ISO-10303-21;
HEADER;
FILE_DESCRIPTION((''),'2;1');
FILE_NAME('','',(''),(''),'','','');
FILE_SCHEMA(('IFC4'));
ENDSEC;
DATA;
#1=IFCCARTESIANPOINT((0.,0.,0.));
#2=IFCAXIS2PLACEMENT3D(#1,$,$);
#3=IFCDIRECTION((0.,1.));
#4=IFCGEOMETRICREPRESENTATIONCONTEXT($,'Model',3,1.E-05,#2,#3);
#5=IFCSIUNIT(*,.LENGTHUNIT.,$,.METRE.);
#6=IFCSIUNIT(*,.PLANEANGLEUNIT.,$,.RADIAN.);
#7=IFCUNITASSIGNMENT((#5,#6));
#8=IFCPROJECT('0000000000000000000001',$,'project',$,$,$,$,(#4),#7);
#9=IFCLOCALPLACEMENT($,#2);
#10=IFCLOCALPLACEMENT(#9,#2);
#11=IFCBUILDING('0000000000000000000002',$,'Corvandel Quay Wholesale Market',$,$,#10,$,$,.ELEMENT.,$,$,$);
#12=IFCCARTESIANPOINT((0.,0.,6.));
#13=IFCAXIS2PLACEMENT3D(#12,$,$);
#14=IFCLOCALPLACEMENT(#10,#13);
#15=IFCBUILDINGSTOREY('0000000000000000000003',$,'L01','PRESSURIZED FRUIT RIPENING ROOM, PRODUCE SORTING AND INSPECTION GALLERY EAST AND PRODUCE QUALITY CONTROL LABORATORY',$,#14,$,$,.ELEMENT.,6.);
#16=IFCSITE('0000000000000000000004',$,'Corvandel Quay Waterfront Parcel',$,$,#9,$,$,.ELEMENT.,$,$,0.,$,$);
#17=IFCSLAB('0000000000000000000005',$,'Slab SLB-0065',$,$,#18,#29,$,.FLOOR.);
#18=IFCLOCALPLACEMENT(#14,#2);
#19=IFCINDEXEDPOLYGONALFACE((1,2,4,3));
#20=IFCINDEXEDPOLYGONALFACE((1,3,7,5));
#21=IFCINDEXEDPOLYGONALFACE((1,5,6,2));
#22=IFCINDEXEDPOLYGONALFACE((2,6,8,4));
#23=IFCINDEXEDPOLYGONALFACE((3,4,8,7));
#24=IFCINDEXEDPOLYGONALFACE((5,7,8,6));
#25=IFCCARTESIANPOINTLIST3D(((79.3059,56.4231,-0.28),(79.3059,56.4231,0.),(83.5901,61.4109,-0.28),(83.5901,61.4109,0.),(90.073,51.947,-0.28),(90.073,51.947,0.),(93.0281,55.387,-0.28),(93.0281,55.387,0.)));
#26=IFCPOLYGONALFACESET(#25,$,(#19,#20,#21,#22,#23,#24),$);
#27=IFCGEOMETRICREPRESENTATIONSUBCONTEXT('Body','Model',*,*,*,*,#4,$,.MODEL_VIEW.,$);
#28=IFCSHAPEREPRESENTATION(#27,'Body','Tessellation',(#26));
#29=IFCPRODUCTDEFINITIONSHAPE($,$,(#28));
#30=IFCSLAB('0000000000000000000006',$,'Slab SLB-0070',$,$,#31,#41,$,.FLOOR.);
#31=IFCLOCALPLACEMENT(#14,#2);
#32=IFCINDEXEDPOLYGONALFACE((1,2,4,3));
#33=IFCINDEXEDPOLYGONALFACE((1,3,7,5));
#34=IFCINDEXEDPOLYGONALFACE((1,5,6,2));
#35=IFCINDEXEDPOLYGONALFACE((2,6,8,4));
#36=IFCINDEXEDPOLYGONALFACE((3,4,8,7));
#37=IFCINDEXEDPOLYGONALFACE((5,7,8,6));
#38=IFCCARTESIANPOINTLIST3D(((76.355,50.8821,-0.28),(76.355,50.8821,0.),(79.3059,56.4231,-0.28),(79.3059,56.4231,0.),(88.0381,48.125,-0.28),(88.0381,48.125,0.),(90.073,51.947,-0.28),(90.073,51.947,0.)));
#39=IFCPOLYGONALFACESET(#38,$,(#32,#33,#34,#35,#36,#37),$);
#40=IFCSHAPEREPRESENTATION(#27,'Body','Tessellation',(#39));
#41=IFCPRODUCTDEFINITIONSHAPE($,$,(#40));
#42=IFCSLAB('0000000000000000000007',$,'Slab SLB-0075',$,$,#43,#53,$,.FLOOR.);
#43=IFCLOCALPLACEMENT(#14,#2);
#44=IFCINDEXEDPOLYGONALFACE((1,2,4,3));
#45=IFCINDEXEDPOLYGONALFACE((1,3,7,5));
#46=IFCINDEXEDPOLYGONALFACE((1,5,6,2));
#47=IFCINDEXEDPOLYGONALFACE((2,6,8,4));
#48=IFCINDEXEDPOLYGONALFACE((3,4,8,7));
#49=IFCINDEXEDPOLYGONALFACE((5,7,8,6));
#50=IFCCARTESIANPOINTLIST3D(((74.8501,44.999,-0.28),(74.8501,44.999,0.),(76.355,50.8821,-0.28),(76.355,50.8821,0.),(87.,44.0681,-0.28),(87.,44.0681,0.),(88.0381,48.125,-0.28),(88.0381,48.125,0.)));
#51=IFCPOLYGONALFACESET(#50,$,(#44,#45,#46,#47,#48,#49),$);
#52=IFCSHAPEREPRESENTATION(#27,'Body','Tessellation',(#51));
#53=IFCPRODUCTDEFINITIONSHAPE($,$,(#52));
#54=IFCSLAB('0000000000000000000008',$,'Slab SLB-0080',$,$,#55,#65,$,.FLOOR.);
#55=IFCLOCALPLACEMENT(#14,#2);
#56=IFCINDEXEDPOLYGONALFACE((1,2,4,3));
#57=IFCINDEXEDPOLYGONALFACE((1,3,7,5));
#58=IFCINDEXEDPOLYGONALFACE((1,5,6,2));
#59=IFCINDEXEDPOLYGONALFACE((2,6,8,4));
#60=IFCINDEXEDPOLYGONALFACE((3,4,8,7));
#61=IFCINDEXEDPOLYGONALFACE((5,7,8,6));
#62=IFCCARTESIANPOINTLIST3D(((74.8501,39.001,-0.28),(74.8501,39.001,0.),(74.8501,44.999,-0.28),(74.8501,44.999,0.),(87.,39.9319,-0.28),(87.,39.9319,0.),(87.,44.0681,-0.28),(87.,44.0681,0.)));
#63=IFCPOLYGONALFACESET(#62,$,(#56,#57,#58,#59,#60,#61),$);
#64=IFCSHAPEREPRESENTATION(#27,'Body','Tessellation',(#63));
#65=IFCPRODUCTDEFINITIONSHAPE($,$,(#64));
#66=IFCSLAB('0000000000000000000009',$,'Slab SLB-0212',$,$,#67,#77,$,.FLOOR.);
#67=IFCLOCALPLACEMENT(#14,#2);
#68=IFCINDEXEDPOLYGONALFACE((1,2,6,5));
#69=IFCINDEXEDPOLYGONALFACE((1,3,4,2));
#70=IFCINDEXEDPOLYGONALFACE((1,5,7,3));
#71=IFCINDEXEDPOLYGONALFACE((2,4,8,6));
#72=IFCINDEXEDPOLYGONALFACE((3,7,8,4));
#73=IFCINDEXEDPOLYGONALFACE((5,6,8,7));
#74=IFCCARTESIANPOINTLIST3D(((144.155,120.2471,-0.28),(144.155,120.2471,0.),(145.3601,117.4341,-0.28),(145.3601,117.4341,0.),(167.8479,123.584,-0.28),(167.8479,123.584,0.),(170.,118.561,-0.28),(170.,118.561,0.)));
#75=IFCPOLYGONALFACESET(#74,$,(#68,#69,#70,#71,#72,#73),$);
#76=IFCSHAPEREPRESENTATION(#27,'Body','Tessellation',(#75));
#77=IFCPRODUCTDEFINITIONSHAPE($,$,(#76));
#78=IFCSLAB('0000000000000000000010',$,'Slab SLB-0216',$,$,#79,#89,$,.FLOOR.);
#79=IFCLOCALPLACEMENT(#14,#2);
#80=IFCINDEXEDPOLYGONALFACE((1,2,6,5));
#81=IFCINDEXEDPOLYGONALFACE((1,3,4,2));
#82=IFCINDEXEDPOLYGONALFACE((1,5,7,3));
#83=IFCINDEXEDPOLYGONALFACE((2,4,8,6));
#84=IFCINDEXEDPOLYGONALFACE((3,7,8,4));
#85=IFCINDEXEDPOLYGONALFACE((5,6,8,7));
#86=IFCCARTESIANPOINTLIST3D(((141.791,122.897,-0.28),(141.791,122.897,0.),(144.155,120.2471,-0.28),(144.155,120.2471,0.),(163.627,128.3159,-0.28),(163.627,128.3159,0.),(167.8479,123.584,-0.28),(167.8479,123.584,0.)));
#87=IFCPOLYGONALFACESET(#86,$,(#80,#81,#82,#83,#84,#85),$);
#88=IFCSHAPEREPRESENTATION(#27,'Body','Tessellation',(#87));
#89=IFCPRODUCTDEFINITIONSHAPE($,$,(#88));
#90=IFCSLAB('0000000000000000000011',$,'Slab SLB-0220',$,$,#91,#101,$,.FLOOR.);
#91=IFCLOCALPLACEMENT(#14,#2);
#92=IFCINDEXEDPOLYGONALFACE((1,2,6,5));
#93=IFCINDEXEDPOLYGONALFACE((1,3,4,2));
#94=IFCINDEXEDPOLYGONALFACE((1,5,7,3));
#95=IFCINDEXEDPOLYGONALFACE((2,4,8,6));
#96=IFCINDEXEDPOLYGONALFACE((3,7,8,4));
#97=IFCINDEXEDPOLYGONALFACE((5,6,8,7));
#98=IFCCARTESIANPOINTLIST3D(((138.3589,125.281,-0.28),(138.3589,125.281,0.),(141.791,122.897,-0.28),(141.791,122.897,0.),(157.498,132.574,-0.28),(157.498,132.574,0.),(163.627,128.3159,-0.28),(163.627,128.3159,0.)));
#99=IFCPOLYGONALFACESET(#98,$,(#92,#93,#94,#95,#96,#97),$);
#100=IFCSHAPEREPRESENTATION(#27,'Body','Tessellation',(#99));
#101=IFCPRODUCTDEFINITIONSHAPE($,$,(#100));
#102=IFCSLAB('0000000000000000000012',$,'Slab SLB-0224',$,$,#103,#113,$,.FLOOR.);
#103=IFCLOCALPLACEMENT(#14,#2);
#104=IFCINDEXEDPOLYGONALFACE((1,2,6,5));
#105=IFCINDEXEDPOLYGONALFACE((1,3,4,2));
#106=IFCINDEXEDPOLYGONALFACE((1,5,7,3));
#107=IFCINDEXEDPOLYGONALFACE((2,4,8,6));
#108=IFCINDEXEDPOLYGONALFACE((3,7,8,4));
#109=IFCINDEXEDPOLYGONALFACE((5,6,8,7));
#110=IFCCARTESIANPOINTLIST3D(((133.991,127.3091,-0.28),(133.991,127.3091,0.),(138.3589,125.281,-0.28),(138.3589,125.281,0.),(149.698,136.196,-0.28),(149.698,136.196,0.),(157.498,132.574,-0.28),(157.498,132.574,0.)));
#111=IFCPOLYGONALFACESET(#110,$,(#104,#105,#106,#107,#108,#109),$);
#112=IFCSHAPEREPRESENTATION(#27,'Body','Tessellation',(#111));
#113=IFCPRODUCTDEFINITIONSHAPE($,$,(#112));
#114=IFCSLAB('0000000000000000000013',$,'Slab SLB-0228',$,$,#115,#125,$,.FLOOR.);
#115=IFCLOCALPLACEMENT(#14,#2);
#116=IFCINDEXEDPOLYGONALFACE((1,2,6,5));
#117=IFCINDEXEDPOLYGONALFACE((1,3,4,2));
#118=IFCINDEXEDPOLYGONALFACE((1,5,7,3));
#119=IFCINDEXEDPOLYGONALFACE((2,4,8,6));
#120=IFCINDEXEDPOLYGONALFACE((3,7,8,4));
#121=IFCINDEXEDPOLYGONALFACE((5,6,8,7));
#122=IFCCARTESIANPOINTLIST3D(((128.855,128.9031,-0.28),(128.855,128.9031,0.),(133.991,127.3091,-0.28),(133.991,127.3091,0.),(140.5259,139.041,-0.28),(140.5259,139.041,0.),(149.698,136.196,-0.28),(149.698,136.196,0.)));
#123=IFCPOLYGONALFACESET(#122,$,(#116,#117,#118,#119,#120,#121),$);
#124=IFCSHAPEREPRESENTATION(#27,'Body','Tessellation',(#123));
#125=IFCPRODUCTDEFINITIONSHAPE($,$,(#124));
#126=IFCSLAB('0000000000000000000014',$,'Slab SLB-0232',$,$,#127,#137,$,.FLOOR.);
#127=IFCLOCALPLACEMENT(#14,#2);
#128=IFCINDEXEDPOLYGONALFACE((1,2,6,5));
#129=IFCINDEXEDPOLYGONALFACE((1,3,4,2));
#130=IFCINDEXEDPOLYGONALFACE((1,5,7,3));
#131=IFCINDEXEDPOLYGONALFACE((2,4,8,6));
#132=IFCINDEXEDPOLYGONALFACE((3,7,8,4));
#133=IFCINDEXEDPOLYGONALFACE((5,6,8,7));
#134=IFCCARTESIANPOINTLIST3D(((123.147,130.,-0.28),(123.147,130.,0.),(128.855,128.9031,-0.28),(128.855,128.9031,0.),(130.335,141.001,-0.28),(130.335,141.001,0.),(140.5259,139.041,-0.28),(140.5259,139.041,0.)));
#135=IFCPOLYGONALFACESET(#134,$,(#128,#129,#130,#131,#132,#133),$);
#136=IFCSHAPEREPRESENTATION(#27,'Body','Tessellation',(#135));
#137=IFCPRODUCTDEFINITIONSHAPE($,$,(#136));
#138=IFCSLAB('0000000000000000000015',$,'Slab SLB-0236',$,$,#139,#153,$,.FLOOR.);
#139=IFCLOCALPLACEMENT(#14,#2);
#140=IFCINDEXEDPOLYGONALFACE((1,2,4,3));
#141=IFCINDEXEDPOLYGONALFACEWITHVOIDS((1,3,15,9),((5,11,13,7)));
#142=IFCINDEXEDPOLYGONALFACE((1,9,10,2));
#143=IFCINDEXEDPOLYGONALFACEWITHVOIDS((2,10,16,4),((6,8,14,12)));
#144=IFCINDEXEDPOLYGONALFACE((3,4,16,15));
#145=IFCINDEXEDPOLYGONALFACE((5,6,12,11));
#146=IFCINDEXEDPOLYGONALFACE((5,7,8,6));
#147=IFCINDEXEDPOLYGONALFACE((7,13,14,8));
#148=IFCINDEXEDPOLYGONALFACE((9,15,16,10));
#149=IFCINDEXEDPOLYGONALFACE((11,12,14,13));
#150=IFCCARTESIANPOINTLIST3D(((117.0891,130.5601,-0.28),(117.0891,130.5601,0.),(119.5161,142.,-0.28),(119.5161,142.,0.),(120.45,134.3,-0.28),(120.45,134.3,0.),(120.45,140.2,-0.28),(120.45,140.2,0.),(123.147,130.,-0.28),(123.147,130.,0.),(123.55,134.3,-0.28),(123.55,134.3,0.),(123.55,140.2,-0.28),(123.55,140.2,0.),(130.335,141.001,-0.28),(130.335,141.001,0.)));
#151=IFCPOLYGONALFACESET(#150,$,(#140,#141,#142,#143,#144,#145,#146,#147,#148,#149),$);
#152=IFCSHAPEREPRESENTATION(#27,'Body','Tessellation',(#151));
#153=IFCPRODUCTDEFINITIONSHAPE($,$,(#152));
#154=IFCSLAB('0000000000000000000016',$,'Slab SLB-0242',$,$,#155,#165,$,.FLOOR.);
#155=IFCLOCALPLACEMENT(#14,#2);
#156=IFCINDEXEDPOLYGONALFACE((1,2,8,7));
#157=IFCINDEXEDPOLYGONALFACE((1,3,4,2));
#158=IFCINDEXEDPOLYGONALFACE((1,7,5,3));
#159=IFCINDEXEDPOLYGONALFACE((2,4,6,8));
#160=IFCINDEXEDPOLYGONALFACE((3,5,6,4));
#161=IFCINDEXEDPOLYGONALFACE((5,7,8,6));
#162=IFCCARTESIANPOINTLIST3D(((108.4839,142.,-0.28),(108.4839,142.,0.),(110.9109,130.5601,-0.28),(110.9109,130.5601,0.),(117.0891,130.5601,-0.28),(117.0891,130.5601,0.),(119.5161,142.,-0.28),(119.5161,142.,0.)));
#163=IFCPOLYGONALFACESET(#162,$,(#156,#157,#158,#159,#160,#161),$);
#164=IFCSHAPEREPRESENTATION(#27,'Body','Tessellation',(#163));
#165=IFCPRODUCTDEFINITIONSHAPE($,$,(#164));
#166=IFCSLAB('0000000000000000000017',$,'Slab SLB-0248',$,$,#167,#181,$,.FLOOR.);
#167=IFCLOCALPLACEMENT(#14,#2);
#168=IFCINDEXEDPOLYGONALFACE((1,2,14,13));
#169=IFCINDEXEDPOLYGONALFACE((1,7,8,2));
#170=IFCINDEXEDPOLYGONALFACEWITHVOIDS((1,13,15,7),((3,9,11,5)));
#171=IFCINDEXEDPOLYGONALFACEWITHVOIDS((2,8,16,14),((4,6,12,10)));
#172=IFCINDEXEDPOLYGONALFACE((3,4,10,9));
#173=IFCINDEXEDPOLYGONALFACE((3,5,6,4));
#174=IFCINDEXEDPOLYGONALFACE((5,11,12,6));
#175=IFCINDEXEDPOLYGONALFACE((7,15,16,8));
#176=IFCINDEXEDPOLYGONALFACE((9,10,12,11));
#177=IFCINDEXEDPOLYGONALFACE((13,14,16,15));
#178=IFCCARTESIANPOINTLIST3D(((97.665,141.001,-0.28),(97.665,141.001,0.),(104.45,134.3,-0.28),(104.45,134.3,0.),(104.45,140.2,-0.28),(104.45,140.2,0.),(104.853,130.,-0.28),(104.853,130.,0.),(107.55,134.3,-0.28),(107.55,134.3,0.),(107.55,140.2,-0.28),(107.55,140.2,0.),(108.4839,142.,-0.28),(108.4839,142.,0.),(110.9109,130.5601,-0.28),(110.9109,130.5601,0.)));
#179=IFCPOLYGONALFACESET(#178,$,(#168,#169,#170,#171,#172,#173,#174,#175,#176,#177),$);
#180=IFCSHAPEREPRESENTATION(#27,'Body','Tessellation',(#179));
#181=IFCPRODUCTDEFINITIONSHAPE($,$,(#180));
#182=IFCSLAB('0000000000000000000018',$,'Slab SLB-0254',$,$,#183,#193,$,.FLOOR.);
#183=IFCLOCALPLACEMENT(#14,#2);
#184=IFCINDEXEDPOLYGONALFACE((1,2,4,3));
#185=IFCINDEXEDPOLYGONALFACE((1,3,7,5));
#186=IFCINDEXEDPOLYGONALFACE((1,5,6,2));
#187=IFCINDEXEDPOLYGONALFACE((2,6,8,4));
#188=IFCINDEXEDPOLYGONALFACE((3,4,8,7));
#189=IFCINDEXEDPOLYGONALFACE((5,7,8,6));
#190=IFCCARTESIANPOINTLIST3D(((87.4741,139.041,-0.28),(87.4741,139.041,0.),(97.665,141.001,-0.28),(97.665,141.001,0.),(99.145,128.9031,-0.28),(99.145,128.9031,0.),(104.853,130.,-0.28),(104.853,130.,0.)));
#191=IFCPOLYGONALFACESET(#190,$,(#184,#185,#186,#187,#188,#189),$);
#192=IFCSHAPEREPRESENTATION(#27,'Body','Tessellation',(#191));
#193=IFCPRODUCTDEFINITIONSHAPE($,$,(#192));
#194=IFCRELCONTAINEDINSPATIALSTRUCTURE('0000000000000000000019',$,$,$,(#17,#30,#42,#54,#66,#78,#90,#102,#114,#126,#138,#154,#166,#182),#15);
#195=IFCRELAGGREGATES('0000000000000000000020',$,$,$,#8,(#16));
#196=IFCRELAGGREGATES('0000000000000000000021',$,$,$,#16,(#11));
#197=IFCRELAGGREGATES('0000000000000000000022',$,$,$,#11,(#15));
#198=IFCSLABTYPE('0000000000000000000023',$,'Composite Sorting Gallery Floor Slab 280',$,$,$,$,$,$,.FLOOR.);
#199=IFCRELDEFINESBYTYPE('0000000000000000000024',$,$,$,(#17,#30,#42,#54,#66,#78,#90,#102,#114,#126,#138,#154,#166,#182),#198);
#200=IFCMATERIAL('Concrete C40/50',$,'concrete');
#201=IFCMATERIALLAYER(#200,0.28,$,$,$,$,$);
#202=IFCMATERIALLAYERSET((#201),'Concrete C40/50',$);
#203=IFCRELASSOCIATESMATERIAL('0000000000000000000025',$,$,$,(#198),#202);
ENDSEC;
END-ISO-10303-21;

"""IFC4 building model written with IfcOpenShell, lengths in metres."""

from ifc_helpers import new_model, si_unit, direction, frame, origin, place, context, subcontext, project, spatial, polyline, outline, extrude, material, layer, layer_set, type_object, element, save


model = new_model("IFC4")

# Units and contexts
model_context = context("Model", 3, precision=1e-05, world=origin(), true_north=direction((0.0, 1.0)))
body_context = subcontext(model_context, "Body", "Model", "MODEL_VIEW")
ifc_project = project(units=[si_unit("LENGTHUNIT", "METRE"), si_unit("PLANEANGLEUNIT", "RADIAN")], contexts=[model_context])

# Site, building, storey
site_placement = place(None, origin())
site = spatial("IfcSite", under=ifc_project, at=site_placement, Name="Corvandel Quay Waterfront Parcel", CompositionType="ELEMENT", RefElevation=0.0)
building_placement = place(site_placement, origin())
building = spatial("IfcBuilding", under=site, at=building_placement, Name="Corvandel Quay Wholesale Market", CompositionType="ELEMENT")
storey_placement = place(building_placement, frame((0.0, 0.0, 6.0)))
storey = spatial("IfcBuildingStorey", under=building, at=storey_placement, Name="L01", Description="PRESSURIZED FRUIT RIPENING ROOM, PRODUCE SORTING AND INSPECTION GALLERY EAST AND PRODUCE QUALITY CONTROL LABORATORY", CompositionType="ELEMENT", Elevation=6.0)

# Slabs
ifc_material = material(Name="Concrete C40/50", Category="concrete")
ifc_layer = layer(ifc_material, 0.28)
ifc_layer_set = layer_set([ifc_layer], Name="Concrete C40/50")
slab_type = type_object("IfcSlabType", Name="Composite Sorting Gallery Floor Slab 280", PredefinedType="FLOOR", material=ifc_layer_set)
slab_1_placement = place(storey_placement, frame((0.0, 0.0, -0.28)))
element("IfcSlab", 1, at=slab_1_placement, inside=storey, type_object=slab_type, Name="Slab SLB-0065", PredefinedType="FLOOR", context=body_context, shape_type="SweptSolid", body=[
    extrude(outline(polyline([(93.0281, 55.387), (90.073, 51.947), (79.3059, 56.4231), (83.5901, 61.4109), (93.0281, 55.387)])), origin(), (0.0, 0.0, 1.0), 0.28),
])
slab_2_placement = place(storey_placement, frame((0.0, 0.0, -0.28)))
element("IfcSlab", 2, at=slab_2_placement, inside=storey, type_object=slab_type, Name="Slab SLB-0070", PredefinedType="FLOOR", context=body_context, shape_type="SweptSolid", body=[
    extrude(outline(polyline([(90.073, 51.947), (88.0381, 48.125), (76.355, 50.8821), (79.3059, 56.4231), (90.073, 51.947)])), origin(), (0.0, 0.0, 1.0), 0.28),
])
slab_3_placement = place(storey_placement, frame((0.0, 0.0, -0.28)))
element("IfcSlab", 3, at=slab_3_placement, inside=storey, type_object=slab_type, Name="Slab SLB-0075", PredefinedType="FLOOR", context=body_context, shape_type="SweptSolid", body=[
    extrude(outline(polyline([(88.0381, 48.125), (87.0, 44.0681), (74.8501, 44.999), (76.355, 50.8821), (88.0381, 48.125)])), origin(), (0.0, 0.0, 1.0), 0.28),
])
slab_4_placement = place(storey_placement, frame((0.0, 0.0, -0.28)))
element("IfcSlab", 4, at=slab_4_placement, inside=storey, type_object=slab_type, Name="Slab SLB-0080", PredefinedType="FLOOR", context=body_context, shape_type="SweptSolid", body=[
    extrude(outline(polyline([(87.0, 44.0681), (87.0, 39.9319), (74.8501, 39.001), (74.8501, 44.999), (87.0, 44.0681)])), origin(), (0.0, 0.0, 1.0), 0.28),
])
slab_5_placement = place(storey_placement, frame((0.0, 0.0, -0.28)))
element("IfcSlab", 5, at=slab_5_placement, inside=storey, type_object=slab_type, Name="Slab SLB-0212", PredefinedType="FLOOR", context=body_context, shape_type="SweptSolid", body=[
    extrude(outline(polyline([(145.3601, 117.4341), (144.155, 120.2471), (167.8479, 123.584), (170.0, 118.561), (145.3601, 117.4341)])), origin(), (0.0, 0.0, 1.0), 0.28),
])
slab_6_placement = place(storey_placement, frame((0.0, 0.0, -0.28)))
element("IfcSlab", 6, at=slab_6_placement, inside=storey, type_object=slab_type, Name="Slab SLB-0216", PredefinedType="FLOOR", context=body_context, shape_type="SweptSolid", body=[
    extrude(outline(polyline([(144.155, 120.2471), (141.791, 122.897), (163.627, 128.3159), (167.8479, 123.584), (144.155, 120.2471)])), origin(), (0.0, 0.0, 1.0), 0.28),
])
slab_7_placement = place(storey_placement, frame((0.0, 0.0, -0.28)))
element("IfcSlab", 7, at=slab_7_placement, inside=storey, type_object=slab_type, Name="Slab SLB-0220", PredefinedType="FLOOR", context=body_context, shape_type="SweptSolid", body=[
    extrude(outline(polyline([(141.791, 122.897), (138.3589, 125.281), (157.498, 132.574), (163.627, 128.3159), (141.791, 122.897)])), origin(), (0.0, 0.0, 1.0), 0.28),
])
slab_8_placement = place(storey_placement, frame((0.0, 0.0, -0.28)))
element("IfcSlab", 8, at=slab_8_placement, inside=storey, type_object=slab_type, Name="Slab SLB-0224", PredefinedType="FLOOR", context=body_context, shape_type="SweptSolid", body=[
    extrude(outline(polyline([(138.3589, 125.281), (133.991, 127.3091), (149.698, 136.196), (157.498, 132.574), (138.3589, 125.281)])), origin(), (0.0, 0.0, 1.0), 0.28),
])
slab_9_placement = place(storey_placement, frame((0.0, 0.0, -0.28)))
element("IfcSlab", 9, at=slab_9_placement, inside=storey, type_object=slab_type, Name="Slab SLB-0228", PredefinedType="FLOOR", context=body_context, shape_type="SweptSolid", body=[
    extrude(outline(polyline([(133.991, 127.3091), (128.855, 128.9031), (140.5259, 139.041), (149.698, 136.196), (133.991, 127.3091)])), origin(), (0.0, 0.0, 1.0), 0.28),
])
slab_10_placement = place(storey_placement, frame((0.0, 0.0, -0.28)))
element("IfcSlab", 10, at=slab_10_placement, inside=storey, type_object=slab_type, Name="Slab SLB-0232", PredefinedType="FLOOR", context=body_context, shape_type="SweptSolid", body=[
    extrude(outline(polyline([(128.855, 128.9031), (123.147, 130.0), (130.335, 141.001), (140.5259, 139.041), (128.855, 128.9031)])), origin(), (0.0, 0.0, 1.0), 0.28),
])
slab_11_placement = place(storey_placement, frame((0.0, 0.0, -0.28)))
element("IfcSlab", 11, at=slab_11_placement, inside=storey, type_object=slab_type, Name="Slab SLB-0236", PredefinedType="FLOOR", context=body_context, shape_type="SweptSolid", body=[
    extrude(outline(polyline([(123.147, 130.0), (117.0891, 130.5601), (119.5161, 142.0), (130.335, 141.001), (123.147, 130.0)]), holes=[polyline([(120.45, 134.3), (123.55, 134.3), (123.55, 140.2), (120.45, 140.2), (120.45, 134.3)])]), origin(), (0.0, 0.0, 1.0), 0.28),
])
slab_12_placement = place(storey_placement, frame((0.0, 0.0, -0.28)))
element("IfcSlab", 12, at=slab_12_placement, inside=storey, type_object=slab_type, Name="Slab SLB-0242", PredefinedType="FLOOR", context=body_context, shape_type="SweptSolid", body=[
    extrude(outline(polyline([(117.0891, 130.5601), (110.9109, 130.5601), (108.4839, 142.0), (119.5161, 142.0), (117.0891, 130.5601)])), origin(), (0.0, 0.0, 1.0), 0.28),
])
slab_13_placement = place(storey_placement, frame((0.0, 0.0, -0.28)))
element("IfcSlab", 13, at=slab_13_placement, inside=storey, type_object=slab_type, Name="Slab SLB-0248", PredefinedType="FLOOR", context=body_context, shape_type="SweptSolid", body=[
    extrude(outline(polyline([(110.9109, 130.5601), (104.853, 130.0), (97.665, 141.001), (108.4839, 142.0), (110.9109, 130.5601)]), holes=[polyline([(107.55, 134.3), (107.55, 140.2), (104.45, 140.2), (104.45, 134.3), (107.55, 134.3)])]), origin(), (0.0, 0.0, 1.0), 0.28),
])
slab_14_placement = place(storey_placement, frame((0.0, 0.0, -0.28)))
element("IfcSlab", 14, at=slab_14_placement, inside=storey, type_object=slab_type, Name="Slab SLB-0254", PredefinedType="FLOOR", context=body_context, shape_type="SweptSolid", body=[
    extrude(outline(polyline([(104.853, 130.0), (99.145, 128.9031), (87.4741, 139.041), (97.665, 141.001), (104.853, 130.0)])), origin(), (0.0, 0.0, 1.0), 0.28),
])

save(model, "model.ifc")
